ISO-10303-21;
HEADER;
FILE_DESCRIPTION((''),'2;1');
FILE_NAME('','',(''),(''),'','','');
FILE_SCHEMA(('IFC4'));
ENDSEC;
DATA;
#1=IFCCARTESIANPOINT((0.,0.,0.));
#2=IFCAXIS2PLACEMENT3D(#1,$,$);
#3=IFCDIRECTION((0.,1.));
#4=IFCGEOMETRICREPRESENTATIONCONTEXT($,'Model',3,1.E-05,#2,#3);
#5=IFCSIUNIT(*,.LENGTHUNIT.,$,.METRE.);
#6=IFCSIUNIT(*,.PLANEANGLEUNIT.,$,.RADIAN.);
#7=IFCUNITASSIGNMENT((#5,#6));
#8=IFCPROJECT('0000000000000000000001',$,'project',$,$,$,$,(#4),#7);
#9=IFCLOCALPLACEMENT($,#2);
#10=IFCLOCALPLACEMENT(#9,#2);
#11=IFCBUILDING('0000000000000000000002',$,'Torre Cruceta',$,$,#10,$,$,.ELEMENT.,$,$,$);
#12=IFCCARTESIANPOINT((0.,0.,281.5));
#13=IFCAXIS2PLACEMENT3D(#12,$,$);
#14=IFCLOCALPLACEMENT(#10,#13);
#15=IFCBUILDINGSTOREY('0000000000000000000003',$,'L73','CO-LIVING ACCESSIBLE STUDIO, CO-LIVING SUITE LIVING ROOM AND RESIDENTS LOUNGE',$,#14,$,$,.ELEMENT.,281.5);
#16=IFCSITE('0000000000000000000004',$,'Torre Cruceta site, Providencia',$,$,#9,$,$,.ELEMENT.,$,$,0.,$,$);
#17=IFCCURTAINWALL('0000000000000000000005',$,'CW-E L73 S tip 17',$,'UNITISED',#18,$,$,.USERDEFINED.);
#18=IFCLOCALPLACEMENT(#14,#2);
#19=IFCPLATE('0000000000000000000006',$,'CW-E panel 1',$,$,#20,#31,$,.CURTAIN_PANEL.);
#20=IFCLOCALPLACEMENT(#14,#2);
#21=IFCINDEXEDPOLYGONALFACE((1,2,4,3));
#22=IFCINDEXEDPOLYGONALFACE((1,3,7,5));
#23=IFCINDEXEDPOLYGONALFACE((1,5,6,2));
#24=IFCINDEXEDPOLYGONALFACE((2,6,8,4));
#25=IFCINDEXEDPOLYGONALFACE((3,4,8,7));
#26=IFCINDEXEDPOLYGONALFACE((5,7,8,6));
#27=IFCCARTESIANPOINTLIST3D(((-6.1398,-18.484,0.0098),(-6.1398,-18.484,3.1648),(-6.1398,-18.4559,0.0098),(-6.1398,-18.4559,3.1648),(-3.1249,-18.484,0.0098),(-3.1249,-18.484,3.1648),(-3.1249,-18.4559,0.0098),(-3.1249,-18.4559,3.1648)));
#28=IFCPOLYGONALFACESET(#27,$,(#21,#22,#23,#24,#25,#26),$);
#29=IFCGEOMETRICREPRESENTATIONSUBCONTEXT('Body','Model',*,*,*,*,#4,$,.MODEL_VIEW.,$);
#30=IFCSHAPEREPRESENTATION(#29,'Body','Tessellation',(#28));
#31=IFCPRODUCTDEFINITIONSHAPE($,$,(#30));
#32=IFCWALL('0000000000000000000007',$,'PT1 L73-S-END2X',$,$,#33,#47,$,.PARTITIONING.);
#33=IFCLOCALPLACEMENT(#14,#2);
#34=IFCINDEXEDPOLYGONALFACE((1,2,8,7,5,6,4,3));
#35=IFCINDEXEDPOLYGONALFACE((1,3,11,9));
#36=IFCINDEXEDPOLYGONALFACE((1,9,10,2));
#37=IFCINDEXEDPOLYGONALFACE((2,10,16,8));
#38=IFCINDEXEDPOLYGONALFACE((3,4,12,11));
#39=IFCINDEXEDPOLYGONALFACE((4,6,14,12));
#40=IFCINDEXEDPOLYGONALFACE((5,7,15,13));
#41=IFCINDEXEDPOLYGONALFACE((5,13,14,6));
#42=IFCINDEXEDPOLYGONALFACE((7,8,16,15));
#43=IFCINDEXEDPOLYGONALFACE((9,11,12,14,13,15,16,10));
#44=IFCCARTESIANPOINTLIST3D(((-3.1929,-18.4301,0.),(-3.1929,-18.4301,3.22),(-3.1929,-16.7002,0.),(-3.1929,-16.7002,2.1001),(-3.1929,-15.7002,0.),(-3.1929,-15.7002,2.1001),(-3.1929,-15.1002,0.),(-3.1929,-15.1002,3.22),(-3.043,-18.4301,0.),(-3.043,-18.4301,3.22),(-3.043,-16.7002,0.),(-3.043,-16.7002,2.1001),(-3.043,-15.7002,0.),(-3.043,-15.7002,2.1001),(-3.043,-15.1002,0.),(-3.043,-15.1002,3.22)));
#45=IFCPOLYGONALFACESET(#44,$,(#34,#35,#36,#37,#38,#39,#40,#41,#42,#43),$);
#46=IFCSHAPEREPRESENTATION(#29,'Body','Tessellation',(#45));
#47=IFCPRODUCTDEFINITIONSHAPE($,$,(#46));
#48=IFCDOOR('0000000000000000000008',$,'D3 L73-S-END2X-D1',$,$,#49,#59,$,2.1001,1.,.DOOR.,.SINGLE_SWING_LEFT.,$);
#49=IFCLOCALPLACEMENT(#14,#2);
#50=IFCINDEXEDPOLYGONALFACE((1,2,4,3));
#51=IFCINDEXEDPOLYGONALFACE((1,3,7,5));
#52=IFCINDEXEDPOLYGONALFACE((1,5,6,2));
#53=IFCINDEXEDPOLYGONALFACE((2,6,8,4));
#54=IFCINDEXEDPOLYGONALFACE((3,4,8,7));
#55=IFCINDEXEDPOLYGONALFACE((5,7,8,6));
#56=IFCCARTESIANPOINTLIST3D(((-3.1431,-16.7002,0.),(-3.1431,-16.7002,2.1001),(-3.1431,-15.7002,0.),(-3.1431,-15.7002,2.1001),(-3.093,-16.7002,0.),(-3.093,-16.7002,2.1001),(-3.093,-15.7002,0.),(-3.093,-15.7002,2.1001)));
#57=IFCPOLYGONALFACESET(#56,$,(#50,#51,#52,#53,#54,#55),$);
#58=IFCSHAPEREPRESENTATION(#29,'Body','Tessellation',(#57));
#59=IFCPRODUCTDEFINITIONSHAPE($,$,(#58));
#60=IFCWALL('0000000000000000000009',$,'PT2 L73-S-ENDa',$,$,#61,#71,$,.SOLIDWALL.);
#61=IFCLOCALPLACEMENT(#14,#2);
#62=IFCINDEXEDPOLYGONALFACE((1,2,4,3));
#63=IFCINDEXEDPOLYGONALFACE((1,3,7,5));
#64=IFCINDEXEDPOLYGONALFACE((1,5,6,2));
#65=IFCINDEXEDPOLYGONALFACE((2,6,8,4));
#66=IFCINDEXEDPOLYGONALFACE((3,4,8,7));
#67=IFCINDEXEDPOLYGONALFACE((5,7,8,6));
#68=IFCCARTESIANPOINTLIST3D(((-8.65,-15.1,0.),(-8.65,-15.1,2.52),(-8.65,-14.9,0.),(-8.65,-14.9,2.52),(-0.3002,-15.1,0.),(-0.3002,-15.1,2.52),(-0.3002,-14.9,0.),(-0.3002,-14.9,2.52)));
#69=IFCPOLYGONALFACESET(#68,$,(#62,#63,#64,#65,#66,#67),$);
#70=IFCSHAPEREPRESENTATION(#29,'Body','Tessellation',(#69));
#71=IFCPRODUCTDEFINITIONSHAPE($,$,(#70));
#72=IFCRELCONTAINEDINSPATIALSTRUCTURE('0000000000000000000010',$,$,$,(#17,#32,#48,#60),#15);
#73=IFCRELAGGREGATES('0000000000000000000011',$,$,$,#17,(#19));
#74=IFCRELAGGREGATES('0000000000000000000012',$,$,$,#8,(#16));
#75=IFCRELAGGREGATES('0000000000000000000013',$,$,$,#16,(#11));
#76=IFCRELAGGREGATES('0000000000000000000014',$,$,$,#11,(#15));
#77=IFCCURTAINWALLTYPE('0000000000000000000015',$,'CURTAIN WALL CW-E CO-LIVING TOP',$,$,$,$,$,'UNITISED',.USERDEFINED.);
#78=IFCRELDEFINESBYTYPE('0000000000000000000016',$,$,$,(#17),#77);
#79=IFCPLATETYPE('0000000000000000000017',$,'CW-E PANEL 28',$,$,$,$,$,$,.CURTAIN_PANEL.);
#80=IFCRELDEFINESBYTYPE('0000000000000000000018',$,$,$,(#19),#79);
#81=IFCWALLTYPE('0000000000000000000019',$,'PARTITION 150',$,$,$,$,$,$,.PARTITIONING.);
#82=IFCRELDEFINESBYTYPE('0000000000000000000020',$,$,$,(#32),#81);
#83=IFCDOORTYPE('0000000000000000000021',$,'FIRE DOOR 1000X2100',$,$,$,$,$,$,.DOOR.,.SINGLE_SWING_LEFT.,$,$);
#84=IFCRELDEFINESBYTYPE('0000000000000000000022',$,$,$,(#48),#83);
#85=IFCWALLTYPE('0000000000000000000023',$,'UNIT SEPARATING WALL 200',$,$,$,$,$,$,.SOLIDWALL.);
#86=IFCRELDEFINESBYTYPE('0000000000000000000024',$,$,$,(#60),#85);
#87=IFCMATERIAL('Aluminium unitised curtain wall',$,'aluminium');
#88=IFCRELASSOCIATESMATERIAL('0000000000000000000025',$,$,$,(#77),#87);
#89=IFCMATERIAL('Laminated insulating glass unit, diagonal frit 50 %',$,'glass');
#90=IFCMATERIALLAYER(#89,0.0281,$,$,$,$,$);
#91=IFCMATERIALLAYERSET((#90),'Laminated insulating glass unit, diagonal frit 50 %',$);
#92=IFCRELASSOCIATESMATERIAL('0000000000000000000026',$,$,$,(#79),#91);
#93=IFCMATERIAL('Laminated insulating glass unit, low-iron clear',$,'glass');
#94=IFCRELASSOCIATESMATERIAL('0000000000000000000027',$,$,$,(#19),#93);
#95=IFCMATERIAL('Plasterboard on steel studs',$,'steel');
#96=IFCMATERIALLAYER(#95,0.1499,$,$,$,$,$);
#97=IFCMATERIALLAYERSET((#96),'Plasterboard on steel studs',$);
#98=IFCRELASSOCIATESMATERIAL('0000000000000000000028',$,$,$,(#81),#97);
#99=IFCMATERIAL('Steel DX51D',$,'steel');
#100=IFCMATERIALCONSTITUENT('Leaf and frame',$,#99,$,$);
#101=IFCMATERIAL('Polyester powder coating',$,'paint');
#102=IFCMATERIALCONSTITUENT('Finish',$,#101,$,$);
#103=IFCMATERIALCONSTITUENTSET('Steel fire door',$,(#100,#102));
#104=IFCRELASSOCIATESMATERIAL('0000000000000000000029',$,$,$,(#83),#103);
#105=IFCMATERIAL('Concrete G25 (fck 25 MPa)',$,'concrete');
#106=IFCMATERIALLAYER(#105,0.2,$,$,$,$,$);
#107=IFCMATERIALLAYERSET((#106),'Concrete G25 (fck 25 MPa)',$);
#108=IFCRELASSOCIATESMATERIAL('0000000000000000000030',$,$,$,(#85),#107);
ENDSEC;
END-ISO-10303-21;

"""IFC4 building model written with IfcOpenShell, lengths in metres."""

from ifc_helpers import new_model, si_unit, direction, frame, frame_2d, origin, origin_2d, place, context, subcontext, project, spatial, rectangle, extrude, material, layer, layer_set, constituent, constituent_set, type_object, element, fill, aggregate, save


model = new_model("IFC4")

# Units and contexts
model_context = context("Model", 3, precision=1e-05, world=origin(), true_north=direction((0.0, 1.0)))
body_context = subcontext(model_context, "Body", "Model", "MODEL_VIEW")
ifc_project = project(units=[si_unit("LENGTHUNIT", "METRE"), si_unit("PLANEANGLEUNIT", "RADIAN")], contexts=[model_context])

# Site, building, storey
site_placement = place(None, origin())
site = spatial("IfcSite", under=ifc_project, at=site_placement, Name="Torre Cruceta site, Providencia", CompositionType="ELEMENT", RefElevation=0.0)
building_placement = place(site_placement, origin())
building = spatial("IfcBuilding", under=site, at=building_placement, Name="Torre Cruceta", CompositionType="ELEMENT")
storey_placement = place(building_placement, frame((0.0, 0.0, 281.5)))
storey = spatial("IfcBuildingStorey", under=building, at=storey_placement, Name="L73", Description="CO-LIVING ACCESSIBLE STUDIO, CO-LIVING SUITE LIVING ROOM AND RESIDENTS LOUNGE", CompositionType="ELEMENT", Elevation=281.5)

# Curtain wall
ifc_material_1 = material(Name="Aluminium unitised curtain wall", Category="aluminium")
curtain_wall_type = type_object("IfcCurtainWallType", Name="CURTAIN WALL CW-E CO-LIVING TOP", ElementType="UNITISED", PredefinedType="USERDEFINED", material=ifc_material_1)
curtain_wall_placement = place(storey_placement, origin())
curtain_wall = element("IfcCurtainWall", 1, at=curtain_wall_placement, inside=storey, type_object=curtain_wall_type, Name="CW-E L73 S tip 17", ObjectType="UNITISED", PredefinedType="USERDEFINED")

# Plate
ifc_material_2 = material(Name="Laminated insulating glass unit, low-iron clear", Category="glass")
ifc_material_3 = material(Name="Laminated insulating glass unit, diagonal frit 50 %", Category="glass")
ifc_layer_1 = layer(ifc_material_3, 0.0281)
ifc_layer_set_1 = layer_set([ifc_layer_1], Name="Laminated insulating glass unit, diagonal frit 50 %")
plate_type_1 = type_object("IfcPlateType", Name="CW-E PANEL 28", PredefinedType="CURTAIN_PANEL", material=ifc_layer_set_1)
plate_1_placement = place(storey_placement, frame((-4.6323, -18.47, 0.0098), z_axis=(0.0, 0.0, 1.0), x_axis=(1.0, 0.0, 0.0)))
plate_1 = element("IfcPlate", 2, at=plate_1_placement, type_object=plate_type_1, material=ifc_material_2, Name="CW-E panel 1", PredefinedType="CURTAIN_PANEL", context=body_context, shape_type="SweptSolid", body=[
    extrude(rectangle(XDim=3.0149, YDim=0.0281, at=origin_2d()), origin(), (0.0, 0.0, 1.0), 3.155),
])
aggregate(curtain_wall, [plate_1])

# Wall, opening, door
ifc_material_4 = material(Name="Plasterboard on steel studs", Category="steel")
ifc_layer_2 = layer(ifc_material_4, 0.1499)
ifc_layer_set_2 = layer_set([ifc_layer_2], Name="Plasterboard on steel studs")
wall_type_1 = type_object("IfcWallType", Name="PARTITION 150", PredefinedType="PARTITIONING", material=ifc_layer_set_2)
wall_1_placement = place(storey_placement, frame((-3.1179, -15.1001, 0.0), z_axis=(0.0, 0.0, 1.0), x_axis=(0.0, -1.0, 0.0)))
wall_1 = element("IfcWall", 3, at=wall_1_placement, inside=storey, type_object=wall_type_1, Name="PT1 L73-S-END2X", PredefinedType="PARTITIONING", context=body_context, shape_type="SweptSolid", body=[
    extrude(rectangle(XDim=3.3298, YDim=0.1499, at=frame_2d((1.665, 0.0))), origin(), (0.0, 0.0, 1.0), 3.22),
])
opening_placement = place(wall_1_placement, frame((0.6001, 0.0, 0.0)))
opening = element("IfcOpeningElement", 4, at=opening_placement, cuts=wall_1, PredefinedType="OPENING", context=body_context, shape_type="SweptSolid", body=[
    extrude(rectangle(XDim=1.0, YDim=2.1001, at=frame_2d((0.5, 1.05))), frame((0.0, 0.085, 0.0), z_axis=(0.0, -1.0, 0.0), x_axis=(1.0, 0.0, 0.0)), (0.0, 0.0, 1.0), 0.1699),
])
ifc_material_5 = material(Name="Steel DX51D", Category="steel")
ifc_constituent_1 = constituent(ifc_material_5, Name="Leaf and frame")
ifc_material_6 = material(Name="Polyester powder coating", Category="paint")
ifc_constituent_2 = constituent(ifc_material_6, Name="Finish")
ifc_constituent_set = constituent_set(constituents=[ifc_constituent_1, ifc_constituent_2], Name="Steel fire door")
door_type = type_object("IfcDoorType", Name="FIRE DOOR 1000X2100", OperationType="SINGLE_SWING_LEFT", PredefinedType="DOOR", material=ifc_constituent_set)
door_placement = place(opening_placement, origin())
door = element("IfcDoor", 5, at=door_placement, inside=storey, type_object=door_type, Name="D3 L73-S-END2X-D1", OperationType="SINGLE_SWING_LEFT", OverallHeight=2.1001, OverallWidth=1.0, PredefinedType="DOOR", context=body_context, shape_type="SweptSolid", body=[
    extrude(rectangle(XDim=1.0, YDim=2.1001, at=frame_2d((0.5, 1.05))), frame((0.0, 0.0249, 0.0), z_axis=(0.0, -1.0, 0.0), x_axis=(1.0, 0.0, 0.0)), (0.0, 0.0, 1.0), 0.05),
])
fill(opening, door)

# Wall
ifc_material_7 = material(Name="Concrete G25 (fck 25 MPa)", Category="concrete")
ifc_layer_3 = layer(ifc_material_7, 0.2)
ifc_layer_set_3 = layer_set([ifc_layer_3], Name="Concrete G25 (fck 25 MPa)")
wall_type_2 = type_object("IfcWallType", Name="UNIT SEPARATING WALL 200", PredefinedType="SOLIDWALL", material=ifc_layer_set_3)
wall_2_placement = place(storey_placement, frame((-8.6499, -15.0, 0.0), z_axis=(0.0, 0.0, 1.0), x_axis=(1.0, 0.0, 0.0)))
element("IfcWall", 6, at=wall_2_placement, inside=storey, type_object=wall_type_2, Name="PT2 L73-S-ENDa", PredefinedType="SOLIDWALL", context=body_context, shape_type="SweptSolid", body=[
    extrude(rectangle(XDim=8.3499, YDim=0.2, at=frame_2d((4.1748, 0.0))), origin(), (0.0, 0.0, 1.0), 2.52),
])

save(model, "model.ifc")
